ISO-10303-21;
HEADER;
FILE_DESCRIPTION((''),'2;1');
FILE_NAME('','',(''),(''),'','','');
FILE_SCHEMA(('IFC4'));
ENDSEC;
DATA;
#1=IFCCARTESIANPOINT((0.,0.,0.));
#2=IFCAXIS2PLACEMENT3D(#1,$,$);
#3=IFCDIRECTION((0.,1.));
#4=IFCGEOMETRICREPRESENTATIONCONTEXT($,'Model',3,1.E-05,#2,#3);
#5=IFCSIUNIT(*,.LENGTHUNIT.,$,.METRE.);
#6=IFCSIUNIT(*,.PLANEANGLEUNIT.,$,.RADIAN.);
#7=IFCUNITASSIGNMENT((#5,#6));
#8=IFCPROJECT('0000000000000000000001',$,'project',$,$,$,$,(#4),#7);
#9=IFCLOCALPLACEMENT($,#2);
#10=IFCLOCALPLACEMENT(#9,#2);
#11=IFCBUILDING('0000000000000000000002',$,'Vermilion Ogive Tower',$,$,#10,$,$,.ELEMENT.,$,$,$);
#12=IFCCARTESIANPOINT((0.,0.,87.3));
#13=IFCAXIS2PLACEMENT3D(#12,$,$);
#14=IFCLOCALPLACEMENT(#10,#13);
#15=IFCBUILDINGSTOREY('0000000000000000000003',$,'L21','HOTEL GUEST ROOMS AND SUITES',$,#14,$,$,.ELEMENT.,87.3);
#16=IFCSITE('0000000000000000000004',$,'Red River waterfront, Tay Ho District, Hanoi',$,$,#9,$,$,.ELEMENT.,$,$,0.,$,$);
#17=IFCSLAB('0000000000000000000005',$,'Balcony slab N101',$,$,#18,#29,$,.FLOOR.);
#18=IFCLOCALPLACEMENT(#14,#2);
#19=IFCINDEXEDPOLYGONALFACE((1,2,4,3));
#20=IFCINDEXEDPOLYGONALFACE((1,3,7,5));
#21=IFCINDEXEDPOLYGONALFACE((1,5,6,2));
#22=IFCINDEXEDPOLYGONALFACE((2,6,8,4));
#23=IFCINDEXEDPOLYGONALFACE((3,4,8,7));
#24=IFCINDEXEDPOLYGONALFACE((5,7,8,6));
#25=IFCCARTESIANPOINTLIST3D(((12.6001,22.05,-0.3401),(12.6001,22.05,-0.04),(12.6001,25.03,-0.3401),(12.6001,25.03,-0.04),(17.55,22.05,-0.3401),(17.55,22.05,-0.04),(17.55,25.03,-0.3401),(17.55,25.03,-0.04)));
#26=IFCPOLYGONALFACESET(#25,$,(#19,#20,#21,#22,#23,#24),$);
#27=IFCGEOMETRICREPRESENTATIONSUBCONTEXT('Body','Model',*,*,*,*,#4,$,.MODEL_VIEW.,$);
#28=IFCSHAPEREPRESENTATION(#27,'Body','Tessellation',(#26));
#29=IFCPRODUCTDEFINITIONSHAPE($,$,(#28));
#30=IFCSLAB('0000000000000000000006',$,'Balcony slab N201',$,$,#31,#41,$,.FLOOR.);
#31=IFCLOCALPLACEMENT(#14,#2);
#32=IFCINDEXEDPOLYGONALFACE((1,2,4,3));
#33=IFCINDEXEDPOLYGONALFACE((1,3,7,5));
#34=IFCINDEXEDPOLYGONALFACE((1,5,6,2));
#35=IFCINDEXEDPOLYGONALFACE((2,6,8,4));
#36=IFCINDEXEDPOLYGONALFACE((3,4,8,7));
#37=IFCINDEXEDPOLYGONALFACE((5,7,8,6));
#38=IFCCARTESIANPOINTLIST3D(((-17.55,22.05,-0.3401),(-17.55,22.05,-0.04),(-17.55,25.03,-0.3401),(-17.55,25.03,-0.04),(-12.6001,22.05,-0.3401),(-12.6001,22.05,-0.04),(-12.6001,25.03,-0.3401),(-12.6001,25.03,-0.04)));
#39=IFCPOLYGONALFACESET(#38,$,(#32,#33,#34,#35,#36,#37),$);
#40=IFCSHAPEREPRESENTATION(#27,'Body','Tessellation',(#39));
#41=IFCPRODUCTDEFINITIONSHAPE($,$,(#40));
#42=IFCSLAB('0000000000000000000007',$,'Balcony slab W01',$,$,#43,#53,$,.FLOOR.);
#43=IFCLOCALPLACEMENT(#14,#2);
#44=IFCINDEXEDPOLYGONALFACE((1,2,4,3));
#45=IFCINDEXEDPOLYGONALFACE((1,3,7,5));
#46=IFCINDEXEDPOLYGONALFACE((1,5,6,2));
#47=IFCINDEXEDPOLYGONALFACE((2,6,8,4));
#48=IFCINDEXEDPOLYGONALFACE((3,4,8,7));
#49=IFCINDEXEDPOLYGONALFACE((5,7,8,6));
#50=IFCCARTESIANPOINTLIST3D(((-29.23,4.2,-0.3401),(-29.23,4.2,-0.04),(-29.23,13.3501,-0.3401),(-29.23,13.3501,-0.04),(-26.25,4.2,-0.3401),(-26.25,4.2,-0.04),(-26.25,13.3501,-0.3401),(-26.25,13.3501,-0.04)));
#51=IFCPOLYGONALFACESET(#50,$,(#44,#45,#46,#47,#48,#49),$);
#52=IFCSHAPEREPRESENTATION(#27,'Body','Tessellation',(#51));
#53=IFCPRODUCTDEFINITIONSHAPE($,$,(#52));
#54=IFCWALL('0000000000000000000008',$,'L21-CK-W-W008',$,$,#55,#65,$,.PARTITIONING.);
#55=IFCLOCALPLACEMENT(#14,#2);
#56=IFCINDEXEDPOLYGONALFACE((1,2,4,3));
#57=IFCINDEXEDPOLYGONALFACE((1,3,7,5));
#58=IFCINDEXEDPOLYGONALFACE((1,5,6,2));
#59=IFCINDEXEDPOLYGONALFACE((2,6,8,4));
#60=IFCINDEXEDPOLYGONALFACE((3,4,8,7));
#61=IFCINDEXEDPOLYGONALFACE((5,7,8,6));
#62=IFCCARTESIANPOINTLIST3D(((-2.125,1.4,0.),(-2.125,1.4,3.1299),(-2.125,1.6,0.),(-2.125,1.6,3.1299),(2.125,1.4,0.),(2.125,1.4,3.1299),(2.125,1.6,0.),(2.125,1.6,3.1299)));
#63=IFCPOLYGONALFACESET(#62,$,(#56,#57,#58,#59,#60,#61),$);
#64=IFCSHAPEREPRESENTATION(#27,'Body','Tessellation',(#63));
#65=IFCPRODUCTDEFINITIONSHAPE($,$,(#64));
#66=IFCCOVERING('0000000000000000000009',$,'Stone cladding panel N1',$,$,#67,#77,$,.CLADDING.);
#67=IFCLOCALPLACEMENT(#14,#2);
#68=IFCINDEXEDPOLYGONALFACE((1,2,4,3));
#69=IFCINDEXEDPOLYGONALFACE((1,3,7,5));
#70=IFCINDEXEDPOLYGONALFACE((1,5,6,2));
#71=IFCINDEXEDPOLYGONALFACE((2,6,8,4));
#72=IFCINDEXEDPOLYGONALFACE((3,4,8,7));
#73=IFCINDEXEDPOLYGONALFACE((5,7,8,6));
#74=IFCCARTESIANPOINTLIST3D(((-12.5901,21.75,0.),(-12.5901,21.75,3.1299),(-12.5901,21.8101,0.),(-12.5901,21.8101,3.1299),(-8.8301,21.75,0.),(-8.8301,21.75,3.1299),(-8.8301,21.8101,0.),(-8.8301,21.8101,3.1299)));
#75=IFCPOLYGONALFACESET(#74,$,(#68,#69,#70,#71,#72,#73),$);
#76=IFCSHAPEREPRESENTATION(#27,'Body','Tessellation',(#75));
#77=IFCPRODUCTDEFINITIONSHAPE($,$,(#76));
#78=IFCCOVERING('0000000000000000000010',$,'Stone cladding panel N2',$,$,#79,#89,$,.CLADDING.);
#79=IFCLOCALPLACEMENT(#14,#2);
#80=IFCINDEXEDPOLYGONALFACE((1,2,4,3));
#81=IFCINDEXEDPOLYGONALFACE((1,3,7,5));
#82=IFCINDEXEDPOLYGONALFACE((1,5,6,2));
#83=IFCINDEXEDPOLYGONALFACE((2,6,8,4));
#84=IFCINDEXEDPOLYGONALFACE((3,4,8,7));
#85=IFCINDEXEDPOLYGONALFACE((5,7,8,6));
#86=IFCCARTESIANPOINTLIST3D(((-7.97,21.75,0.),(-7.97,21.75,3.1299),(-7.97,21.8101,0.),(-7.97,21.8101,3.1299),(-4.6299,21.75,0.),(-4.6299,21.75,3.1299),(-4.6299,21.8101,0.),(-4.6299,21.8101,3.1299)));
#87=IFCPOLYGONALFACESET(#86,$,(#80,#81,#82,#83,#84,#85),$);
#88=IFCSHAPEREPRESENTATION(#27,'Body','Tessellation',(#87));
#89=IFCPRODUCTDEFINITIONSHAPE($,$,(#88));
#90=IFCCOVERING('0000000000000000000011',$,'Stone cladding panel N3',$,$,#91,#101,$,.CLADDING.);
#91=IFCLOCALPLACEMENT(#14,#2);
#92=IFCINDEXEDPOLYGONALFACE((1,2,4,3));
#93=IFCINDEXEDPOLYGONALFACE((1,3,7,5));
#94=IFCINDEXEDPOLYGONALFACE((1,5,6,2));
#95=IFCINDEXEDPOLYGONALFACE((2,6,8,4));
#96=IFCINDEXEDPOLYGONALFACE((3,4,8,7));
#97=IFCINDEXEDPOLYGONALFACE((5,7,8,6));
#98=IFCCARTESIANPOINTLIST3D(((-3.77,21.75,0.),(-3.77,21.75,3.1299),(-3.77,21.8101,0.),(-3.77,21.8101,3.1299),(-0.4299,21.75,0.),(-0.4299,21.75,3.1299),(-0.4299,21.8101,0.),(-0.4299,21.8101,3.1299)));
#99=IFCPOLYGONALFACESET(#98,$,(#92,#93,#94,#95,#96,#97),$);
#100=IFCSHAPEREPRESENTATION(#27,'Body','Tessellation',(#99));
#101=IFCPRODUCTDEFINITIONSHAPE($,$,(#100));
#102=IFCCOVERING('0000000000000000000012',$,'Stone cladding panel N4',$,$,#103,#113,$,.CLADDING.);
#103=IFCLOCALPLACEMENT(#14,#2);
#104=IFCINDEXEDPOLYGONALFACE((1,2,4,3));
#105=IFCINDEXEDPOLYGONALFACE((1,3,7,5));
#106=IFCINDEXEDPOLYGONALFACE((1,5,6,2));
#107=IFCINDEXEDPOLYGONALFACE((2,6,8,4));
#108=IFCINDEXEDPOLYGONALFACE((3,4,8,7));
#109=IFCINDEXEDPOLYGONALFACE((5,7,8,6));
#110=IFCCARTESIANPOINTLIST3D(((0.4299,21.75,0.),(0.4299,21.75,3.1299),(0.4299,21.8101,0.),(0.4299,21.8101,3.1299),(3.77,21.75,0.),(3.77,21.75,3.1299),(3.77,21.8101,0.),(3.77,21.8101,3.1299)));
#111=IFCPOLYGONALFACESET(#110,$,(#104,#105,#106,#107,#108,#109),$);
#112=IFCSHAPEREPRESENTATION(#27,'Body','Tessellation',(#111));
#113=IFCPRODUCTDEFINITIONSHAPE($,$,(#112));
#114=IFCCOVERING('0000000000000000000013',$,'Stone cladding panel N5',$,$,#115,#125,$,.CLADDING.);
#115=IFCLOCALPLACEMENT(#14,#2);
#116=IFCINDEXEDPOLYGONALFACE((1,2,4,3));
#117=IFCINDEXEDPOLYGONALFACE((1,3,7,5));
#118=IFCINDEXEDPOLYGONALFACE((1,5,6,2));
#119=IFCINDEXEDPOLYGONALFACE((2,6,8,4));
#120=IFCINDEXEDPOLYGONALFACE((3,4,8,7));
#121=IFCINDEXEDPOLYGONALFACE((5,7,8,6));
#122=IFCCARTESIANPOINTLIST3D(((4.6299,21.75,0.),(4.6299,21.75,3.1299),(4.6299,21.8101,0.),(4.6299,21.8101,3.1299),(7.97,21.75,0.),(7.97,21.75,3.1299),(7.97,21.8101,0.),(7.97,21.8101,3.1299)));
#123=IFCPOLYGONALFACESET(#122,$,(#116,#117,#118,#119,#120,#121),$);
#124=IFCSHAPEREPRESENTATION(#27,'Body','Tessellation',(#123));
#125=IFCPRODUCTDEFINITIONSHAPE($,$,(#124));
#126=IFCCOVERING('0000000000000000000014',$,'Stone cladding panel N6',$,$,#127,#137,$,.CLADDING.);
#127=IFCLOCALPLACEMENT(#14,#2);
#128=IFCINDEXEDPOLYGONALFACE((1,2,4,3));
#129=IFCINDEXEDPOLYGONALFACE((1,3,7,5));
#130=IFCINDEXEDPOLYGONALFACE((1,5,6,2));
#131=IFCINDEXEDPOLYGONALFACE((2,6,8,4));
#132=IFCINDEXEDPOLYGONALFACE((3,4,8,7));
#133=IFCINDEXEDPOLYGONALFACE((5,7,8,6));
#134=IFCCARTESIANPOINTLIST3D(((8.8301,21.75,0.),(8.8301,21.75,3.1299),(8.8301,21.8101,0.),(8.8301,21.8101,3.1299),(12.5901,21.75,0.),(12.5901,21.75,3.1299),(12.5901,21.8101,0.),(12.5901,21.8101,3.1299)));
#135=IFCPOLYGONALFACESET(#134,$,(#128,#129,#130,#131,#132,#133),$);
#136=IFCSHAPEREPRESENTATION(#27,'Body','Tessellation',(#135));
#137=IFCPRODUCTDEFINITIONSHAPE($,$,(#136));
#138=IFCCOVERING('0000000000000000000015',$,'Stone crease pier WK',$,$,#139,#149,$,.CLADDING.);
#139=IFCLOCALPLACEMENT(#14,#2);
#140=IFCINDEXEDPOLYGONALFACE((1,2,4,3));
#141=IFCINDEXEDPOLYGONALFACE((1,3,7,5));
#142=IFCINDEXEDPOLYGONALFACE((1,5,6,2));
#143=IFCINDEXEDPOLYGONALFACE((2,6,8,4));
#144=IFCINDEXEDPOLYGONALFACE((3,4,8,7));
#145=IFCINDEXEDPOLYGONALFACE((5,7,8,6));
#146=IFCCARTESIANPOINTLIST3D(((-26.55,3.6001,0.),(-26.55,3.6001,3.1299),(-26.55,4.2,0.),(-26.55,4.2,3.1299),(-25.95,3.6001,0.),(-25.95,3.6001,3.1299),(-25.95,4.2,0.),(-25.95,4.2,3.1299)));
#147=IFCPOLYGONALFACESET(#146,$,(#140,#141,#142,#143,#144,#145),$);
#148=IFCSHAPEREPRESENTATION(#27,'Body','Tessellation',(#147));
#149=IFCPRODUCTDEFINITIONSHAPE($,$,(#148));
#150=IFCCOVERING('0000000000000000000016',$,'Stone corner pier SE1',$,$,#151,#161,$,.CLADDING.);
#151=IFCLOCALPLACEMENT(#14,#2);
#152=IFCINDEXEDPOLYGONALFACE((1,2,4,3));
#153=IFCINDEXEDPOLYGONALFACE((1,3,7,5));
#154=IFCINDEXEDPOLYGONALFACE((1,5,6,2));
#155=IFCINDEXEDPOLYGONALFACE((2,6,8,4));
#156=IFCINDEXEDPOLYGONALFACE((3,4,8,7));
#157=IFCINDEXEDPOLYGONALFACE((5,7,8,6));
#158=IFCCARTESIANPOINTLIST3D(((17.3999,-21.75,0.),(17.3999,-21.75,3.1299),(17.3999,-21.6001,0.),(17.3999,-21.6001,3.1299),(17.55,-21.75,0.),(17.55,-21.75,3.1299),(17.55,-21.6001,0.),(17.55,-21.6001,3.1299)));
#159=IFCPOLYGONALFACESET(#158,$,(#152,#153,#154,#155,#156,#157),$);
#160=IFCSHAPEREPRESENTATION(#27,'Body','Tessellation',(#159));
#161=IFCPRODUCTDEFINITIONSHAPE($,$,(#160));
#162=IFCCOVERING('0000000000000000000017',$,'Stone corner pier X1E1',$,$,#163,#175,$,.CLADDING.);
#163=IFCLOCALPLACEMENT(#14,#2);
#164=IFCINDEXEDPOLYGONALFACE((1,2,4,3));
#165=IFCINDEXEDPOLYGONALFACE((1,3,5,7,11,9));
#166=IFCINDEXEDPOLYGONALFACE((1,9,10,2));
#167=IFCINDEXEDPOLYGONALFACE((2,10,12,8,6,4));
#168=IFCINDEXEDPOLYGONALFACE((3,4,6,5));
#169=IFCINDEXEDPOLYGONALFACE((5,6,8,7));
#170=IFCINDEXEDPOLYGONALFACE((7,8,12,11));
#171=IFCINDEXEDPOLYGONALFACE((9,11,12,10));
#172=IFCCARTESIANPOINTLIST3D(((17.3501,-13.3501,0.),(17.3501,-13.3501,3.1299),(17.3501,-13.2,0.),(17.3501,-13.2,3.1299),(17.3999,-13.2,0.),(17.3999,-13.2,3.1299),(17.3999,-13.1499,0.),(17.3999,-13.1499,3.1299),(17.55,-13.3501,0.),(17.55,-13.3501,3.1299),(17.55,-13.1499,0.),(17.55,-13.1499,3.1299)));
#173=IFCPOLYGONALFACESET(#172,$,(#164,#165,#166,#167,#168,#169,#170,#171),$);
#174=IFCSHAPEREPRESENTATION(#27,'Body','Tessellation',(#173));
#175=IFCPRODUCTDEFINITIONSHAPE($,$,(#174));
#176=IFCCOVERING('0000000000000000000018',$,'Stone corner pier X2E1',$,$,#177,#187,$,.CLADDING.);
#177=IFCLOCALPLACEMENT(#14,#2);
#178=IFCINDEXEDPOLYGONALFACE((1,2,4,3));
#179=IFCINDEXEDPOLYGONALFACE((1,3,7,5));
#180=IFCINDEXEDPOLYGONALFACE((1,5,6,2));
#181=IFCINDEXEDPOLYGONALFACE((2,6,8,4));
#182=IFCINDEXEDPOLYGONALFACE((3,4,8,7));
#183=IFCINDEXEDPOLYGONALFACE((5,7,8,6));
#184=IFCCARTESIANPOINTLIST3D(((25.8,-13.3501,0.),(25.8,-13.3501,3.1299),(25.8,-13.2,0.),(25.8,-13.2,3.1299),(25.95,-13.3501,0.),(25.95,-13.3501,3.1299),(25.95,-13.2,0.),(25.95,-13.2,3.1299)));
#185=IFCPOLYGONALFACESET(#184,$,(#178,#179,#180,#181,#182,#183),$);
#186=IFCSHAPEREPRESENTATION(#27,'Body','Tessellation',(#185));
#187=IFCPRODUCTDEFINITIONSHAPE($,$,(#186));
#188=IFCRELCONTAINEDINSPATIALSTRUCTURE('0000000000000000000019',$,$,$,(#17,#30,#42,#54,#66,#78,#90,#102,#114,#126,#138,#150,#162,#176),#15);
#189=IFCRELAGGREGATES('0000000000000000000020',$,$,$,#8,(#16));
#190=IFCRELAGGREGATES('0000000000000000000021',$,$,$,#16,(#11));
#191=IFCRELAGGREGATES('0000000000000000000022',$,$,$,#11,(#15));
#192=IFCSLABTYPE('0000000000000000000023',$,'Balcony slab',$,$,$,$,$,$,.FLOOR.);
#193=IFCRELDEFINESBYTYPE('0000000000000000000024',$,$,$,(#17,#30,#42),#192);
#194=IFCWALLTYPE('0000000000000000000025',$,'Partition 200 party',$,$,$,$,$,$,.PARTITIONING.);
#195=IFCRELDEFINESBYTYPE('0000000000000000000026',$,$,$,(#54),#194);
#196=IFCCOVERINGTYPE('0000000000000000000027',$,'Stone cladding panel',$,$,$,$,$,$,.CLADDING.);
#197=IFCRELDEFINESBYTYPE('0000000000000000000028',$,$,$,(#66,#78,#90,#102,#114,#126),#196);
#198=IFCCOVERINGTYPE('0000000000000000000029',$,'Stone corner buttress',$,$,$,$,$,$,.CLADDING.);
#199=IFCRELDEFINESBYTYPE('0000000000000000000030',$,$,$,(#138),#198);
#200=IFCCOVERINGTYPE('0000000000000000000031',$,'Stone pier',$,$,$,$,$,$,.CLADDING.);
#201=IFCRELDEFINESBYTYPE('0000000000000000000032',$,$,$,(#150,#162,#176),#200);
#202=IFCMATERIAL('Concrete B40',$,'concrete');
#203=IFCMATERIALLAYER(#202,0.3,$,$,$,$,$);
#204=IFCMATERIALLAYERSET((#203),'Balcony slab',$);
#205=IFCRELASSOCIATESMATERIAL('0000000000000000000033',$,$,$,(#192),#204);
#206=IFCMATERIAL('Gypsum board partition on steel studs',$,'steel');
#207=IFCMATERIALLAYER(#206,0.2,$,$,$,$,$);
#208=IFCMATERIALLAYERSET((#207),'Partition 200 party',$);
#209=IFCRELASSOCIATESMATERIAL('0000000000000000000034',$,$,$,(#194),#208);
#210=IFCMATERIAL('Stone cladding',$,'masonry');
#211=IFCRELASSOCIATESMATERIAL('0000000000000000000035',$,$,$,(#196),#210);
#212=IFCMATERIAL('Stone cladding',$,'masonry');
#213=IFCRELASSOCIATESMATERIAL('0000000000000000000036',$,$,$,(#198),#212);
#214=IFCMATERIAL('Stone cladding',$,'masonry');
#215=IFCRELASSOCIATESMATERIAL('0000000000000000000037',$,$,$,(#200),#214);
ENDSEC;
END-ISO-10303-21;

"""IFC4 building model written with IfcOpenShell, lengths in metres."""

from ifc_helpers import new_model, si_unit, direction, frame, frame_2d, origin, place, context, subcontext, project, spatial, polyline, rectangle, outline, extrude, material, layer, layer_set, type_object, element, save


model = new_model("IFC4")

# Units and contexts
model_context = context("Model", 3, precision=1e-05, world=origin(), true_north=direction((0.0, 1.0)))
body_context = subcontext(model_context, "Body", "Model", "MODEL_VIEW")
ifc_project = project(units=[si_unit("LENGTHUNIT", "METRE"), si_unit("PLANEANGLEUNIT", "RADIAN")], contexts=[model_context])

# Site, building, storey
site_placement = place(None, origin())
site = spatial("IfcSite", under=ifc_project, at=site_placement, Name="Red River waterfront, Tay Ho District, Hanoi", CompositionType="ELEMENT", RefElevation=0.0)
building_placement = place(site_placement, origin())
building = spatial("IfcBuilding", under=site, at=building_placement, Name="Vermilion Ogive Tower", CompositionType="ELEMENT")
storey_placement = place(building_placement, frame((0.0, 0.0, 87.3)))
storey = spatial("IfcBuildingStorey", under=building, at=storey_placement, Name="L21", Description="HOTEL GUEST ROOMS AND SUITES", CompositionType="ELEMENT", Elevation=87.3)

# Slabs
ifc_material_1 = material(Name="Concrete B40", Category="concrete")
ifc_layer_1 = layer(ifc_material_1, 0.3)
ifc_layer_set_1 = layer_set([ifc_layer_1], Name="Balcony slab")
slab_type = type_object("IfcSlabType", Name="Balcony slab", PredefinedType="FLOOR", material=ifc_layer_set_1)
slab_1_placement = place(storey_placement, frame((0.0, 0.0, -0.3401)))
element("IfcSlab", 1, at=slab_1_placement, inside=storey, type_object=slab_type, Name="Balcony slab N101", PredefinedType="FLOOR", context=body_context, shape_type="SweptSolid", body=[
    extrude(outline(polyline([(17.55, 25.03), (12.6001, 25.03), (12.6001, 22.05), (17.55, 22.05), (17.55, 25.03)])), origin(), (0.0, 0.0, 1.0), 0.3),
])
slab_2_placement = place(storey_placement, frame((0.0, 0.0, -0.3401)))
element("IfcSlab", 2, at=slab_2_placement, inside=storey, type_object=slab_type, Name="Balcony slab N201", PredefinedType="FLOOR", context=body_context, shape_type="SweptSolid", body=[
    extrude(outline(polyline([(-12.6001, 25.03), (-17.55, 25.03), (-17.55, 22.05), (-12.6001, 22.05), (-12.6001, 25.03)])), origin(), (0.0, 0.0, 1.0), 0.3),
])
slab_3_placement = place(storey_placement, frame((0.0, 0.0, -0.3401)))
element("IfcSlab", 3, at=slab_3_placement, inside=storey, type_object=slab_type, Name="Balcony slab W01", PredefinedType="FLOOR", context=body_context, shape_type="SweptSolid", body=[
    extrude(outline(polyline([(-29.23, 13.3501), (-29.23, 4.2), (-26.25, 4.2), (-26.25, 13.3501), (-29.23, 13.3501)])), origin(), (0.0, 0.0, 1.0), 0.3),
])

# Wall
ifc_material_2 = material(Name="Gypsum board partition on steel studs", Category="steel")
ifc_layer_2 = layer(ifc_material_2, 0.2)
ifc_layer_set_2 = layer_set([ifc_layer_2], Name="Partition 200 party")
wall_type = type_object("IfcWallType", Name="Partition 200 party", PredefinedType="PARTITIONING", material=ifc_layer_set_2)
wall_placement = place(storey_placement, frame((-2.125, 1.5, 0.0), z_axis=(0.0, 0.0, 1.0), x_axis=(1.0, 0.0, 0.0)))
element("IfcWall", 4, at=wall_placement, inside=storey, type_object=wall_type, Name="L21-CK-W-W008", PredefinedType="PARTITIONING", context=body_context, shape_type="SweptSolid", body=[
    extrude(rectangle(XDim=4.25, YDim=0.2, at=frame_2d((2.125, 0.0))), origin(), (0.0, 0.0, 1.0), 3.1299),
])

# Coverings
ifc_material_3 = material(Name="Stone cladding", Category="masonry")
covering_type_1 = type_object("IfcCoveringType", Name="Stone cladding panel", PredefinedType="CLADDING", material=ifc_material_3)
covering_1_placement = place(storey_placement, origin())
element("IfcCovering", 5, at=covering_1_placement, inside=storey, type_object=covering_type_1, Name="Stone cladding panel N1", PredefinedType="CLADDING", context=body_context, shape_type="SweptSolid", body=[
    extrude(outline(polyline([(-12.5901, 21.75), (-8.8301, 21.75), (-8.8301, 21.8101), (-12.5901, 21.8101), (-12.5901, 21.75)])), origin(), (0.0, 0.0, 1.0), 3.1299),
])
covering_2_placement = place(storey_placement, origin())
element("IfcCovering", 6, at=covering_2_placement, inside=storey, type_object=covering_type_1, Name="Stone cladding panel N2", PredefinedType="CLADDING", context=body_context, shape_type="SweptSolid", body=[
    extrude(outline(polyline([(-7.97, 21.75), (-4.6299, 21.75), (-4.6299, 21.8101), (-7.97, 21.8101), (-7.97, 21.75)])), origin(), (0.0, 0.0, 1.0), 3.1299),
])
covering_3_placement = place(storey_placement, origin())
element("IfcCovering", 7, at=covering_3_placement, inside=storey, type_object=covering_type_1, Name="Stone cladding panel N3", PredefinedType="CLADDING", context=body_context, shape_type="SweptSolid", body=[
    extrude(outline(polyline([(-3.77, 21.75), (-0.4299, 21.75), (-0.4299, 21.8101), (-3.77, 21.8101), (-3.77, 21.75)])), origin(), (0.0, 0.0, 1.0), 3.1299),
])
covering_4_placement = place(storey_placement, origin())
element("IfcCovering", 8, at=covering_4_placement, inside=storey, type_object=covering_type_1, Name="Stone cladding panel N4", PredefinedType="CLADDING", context=body_context, shape_type="SweptSolid", body=[
    extrude(outline(polyline([(0.4299, 21.75), (3.77, 21.75), (3.77, 21.8101), (0.4299, 21.8101), (0.4299, 21.75)])), origin(), (0.0, 0.0, 1.0), 3.1299),
])
covering_5_placement = place(storey_placement, origin())
element("IfcCovering", 9, at=covering_5_placement, inside=storey, type_object=covering_type_1, Name="Stone cladding panel N5", PredefinedType="CLADDING", context=body_context, shape_type="SweptSolid", body=[
    extrude(outline(polyline([(4.6299, 21.75), (7.97, 21.75), (7.97, 21.8101), (4.6299, 21.8101), (4.6299, 21.75)])), origin(), (0.0, 0.0, 1.0), 3.1299),
])
covering_6_placement = place(storey_placement, origin())
element("IfcCovering", 10, at=covering_6_placement, inside=storey, type_object=covering_type_1, Name="Stone cladding panel N6", PredefinedType="CLADDING", context=body_context, shape_type="SweptSolid", body=[
    extrude(outline(polyline([(8.8301, 21.75), (12.5901, 21.75), (12.5901, 21.8101), (8.8301, 21.8101), (8.8301, 21.75)])), origin(), (0.0, 0.0, 1.0), 3.1299),
])
ifc_material_4 = material(Name="Stone cladding", Category="masonry")
covering_type_2 = type_object("IfcCoveringType", Name="Stone corner buttress", PredefinedType="CLADDING", material=ifc_material_4)
covering_7_placement = place(storey_placement, origin())
element("IfcCovering", 11, at=covering_7_placement, inside=storey, type_object=covering_type_2, Name="Stone crease pier WK", PredefinedType="CLADDING", context=body_context, shape_type="SweptSolid", body=[
    extrude(outline(polyline([(-26.55, 4.2), (-26.55, 3.6001), (-25.95, 3.6001), (-25.95, 4.2), (-26.55, 4.2)])), origin(), (0.0, 0.0, 1.0), 3.1299),
])
ifc_material_5 = material(Name="Stone cladding", Category="masonry")
covering_type_3 = type_object("IfcCoveringType", Name="Stone pier", PredefinedType="CLADDING", material=ifc_material_5)
covering_8_placement = place(storey_placement, origin())
element("IfcCovering", 12, at=covering_8_placement, inside=storey, type_object=covering_type_3, Name="Stone corner pier SE1", PredefinedType="CLADDING", context=body_context, shape_type="SweptSolid", body=[
    extrude(outline(polyline([(17.3999, -21.75), (17.3999, -21.6001), (17.3999, -21.6001), (17.55, -21.6001), (17.55, -21.75), (17.3999, -21.75)])), origin(), (0.0, 0.0, 1.0), 3.1299),
])
covering_9_placement = place(storey_placement, origin())
element("IfcCovering", 13, at=covering_9_placement, inside=storey, type_object=covering_type_3, Name="Stone corner pier X1E1", PredefinedType="CLADDING", context=body_context, shape_type="SweptSolid", body=[
    extrude(outline(polyline([(17.3501, -13.2), (17.3999, -13.2), (17.3999, -13.1499), (17.55, -13.1499), (17.55, -13.3501), (17.3501, -13.3501), (17.3501, -13.2)])), origin(), (0.0, 0.0, 1.0), 3.1299),
])
covering_10_placement = place(storey_placement, origin())
element("IfcCovering", 14, at=covering_10_placement, inside=storey, type_object=covering_type_3, Name="Stone corner pier X2E1", PredefinedType="CLADDING", context=body_context, shape_type="SweptSolid", body=[
    extrude(outline(polyline([(25.8, -13.3501), (25.8, -13.2), (25.95, -13.2), (25.95, -13.3501), (25.8, -13.3501)])), origin(), (0.0, 0.0, 1.0), 3.1299),
])

save(model, "model.ifc")
